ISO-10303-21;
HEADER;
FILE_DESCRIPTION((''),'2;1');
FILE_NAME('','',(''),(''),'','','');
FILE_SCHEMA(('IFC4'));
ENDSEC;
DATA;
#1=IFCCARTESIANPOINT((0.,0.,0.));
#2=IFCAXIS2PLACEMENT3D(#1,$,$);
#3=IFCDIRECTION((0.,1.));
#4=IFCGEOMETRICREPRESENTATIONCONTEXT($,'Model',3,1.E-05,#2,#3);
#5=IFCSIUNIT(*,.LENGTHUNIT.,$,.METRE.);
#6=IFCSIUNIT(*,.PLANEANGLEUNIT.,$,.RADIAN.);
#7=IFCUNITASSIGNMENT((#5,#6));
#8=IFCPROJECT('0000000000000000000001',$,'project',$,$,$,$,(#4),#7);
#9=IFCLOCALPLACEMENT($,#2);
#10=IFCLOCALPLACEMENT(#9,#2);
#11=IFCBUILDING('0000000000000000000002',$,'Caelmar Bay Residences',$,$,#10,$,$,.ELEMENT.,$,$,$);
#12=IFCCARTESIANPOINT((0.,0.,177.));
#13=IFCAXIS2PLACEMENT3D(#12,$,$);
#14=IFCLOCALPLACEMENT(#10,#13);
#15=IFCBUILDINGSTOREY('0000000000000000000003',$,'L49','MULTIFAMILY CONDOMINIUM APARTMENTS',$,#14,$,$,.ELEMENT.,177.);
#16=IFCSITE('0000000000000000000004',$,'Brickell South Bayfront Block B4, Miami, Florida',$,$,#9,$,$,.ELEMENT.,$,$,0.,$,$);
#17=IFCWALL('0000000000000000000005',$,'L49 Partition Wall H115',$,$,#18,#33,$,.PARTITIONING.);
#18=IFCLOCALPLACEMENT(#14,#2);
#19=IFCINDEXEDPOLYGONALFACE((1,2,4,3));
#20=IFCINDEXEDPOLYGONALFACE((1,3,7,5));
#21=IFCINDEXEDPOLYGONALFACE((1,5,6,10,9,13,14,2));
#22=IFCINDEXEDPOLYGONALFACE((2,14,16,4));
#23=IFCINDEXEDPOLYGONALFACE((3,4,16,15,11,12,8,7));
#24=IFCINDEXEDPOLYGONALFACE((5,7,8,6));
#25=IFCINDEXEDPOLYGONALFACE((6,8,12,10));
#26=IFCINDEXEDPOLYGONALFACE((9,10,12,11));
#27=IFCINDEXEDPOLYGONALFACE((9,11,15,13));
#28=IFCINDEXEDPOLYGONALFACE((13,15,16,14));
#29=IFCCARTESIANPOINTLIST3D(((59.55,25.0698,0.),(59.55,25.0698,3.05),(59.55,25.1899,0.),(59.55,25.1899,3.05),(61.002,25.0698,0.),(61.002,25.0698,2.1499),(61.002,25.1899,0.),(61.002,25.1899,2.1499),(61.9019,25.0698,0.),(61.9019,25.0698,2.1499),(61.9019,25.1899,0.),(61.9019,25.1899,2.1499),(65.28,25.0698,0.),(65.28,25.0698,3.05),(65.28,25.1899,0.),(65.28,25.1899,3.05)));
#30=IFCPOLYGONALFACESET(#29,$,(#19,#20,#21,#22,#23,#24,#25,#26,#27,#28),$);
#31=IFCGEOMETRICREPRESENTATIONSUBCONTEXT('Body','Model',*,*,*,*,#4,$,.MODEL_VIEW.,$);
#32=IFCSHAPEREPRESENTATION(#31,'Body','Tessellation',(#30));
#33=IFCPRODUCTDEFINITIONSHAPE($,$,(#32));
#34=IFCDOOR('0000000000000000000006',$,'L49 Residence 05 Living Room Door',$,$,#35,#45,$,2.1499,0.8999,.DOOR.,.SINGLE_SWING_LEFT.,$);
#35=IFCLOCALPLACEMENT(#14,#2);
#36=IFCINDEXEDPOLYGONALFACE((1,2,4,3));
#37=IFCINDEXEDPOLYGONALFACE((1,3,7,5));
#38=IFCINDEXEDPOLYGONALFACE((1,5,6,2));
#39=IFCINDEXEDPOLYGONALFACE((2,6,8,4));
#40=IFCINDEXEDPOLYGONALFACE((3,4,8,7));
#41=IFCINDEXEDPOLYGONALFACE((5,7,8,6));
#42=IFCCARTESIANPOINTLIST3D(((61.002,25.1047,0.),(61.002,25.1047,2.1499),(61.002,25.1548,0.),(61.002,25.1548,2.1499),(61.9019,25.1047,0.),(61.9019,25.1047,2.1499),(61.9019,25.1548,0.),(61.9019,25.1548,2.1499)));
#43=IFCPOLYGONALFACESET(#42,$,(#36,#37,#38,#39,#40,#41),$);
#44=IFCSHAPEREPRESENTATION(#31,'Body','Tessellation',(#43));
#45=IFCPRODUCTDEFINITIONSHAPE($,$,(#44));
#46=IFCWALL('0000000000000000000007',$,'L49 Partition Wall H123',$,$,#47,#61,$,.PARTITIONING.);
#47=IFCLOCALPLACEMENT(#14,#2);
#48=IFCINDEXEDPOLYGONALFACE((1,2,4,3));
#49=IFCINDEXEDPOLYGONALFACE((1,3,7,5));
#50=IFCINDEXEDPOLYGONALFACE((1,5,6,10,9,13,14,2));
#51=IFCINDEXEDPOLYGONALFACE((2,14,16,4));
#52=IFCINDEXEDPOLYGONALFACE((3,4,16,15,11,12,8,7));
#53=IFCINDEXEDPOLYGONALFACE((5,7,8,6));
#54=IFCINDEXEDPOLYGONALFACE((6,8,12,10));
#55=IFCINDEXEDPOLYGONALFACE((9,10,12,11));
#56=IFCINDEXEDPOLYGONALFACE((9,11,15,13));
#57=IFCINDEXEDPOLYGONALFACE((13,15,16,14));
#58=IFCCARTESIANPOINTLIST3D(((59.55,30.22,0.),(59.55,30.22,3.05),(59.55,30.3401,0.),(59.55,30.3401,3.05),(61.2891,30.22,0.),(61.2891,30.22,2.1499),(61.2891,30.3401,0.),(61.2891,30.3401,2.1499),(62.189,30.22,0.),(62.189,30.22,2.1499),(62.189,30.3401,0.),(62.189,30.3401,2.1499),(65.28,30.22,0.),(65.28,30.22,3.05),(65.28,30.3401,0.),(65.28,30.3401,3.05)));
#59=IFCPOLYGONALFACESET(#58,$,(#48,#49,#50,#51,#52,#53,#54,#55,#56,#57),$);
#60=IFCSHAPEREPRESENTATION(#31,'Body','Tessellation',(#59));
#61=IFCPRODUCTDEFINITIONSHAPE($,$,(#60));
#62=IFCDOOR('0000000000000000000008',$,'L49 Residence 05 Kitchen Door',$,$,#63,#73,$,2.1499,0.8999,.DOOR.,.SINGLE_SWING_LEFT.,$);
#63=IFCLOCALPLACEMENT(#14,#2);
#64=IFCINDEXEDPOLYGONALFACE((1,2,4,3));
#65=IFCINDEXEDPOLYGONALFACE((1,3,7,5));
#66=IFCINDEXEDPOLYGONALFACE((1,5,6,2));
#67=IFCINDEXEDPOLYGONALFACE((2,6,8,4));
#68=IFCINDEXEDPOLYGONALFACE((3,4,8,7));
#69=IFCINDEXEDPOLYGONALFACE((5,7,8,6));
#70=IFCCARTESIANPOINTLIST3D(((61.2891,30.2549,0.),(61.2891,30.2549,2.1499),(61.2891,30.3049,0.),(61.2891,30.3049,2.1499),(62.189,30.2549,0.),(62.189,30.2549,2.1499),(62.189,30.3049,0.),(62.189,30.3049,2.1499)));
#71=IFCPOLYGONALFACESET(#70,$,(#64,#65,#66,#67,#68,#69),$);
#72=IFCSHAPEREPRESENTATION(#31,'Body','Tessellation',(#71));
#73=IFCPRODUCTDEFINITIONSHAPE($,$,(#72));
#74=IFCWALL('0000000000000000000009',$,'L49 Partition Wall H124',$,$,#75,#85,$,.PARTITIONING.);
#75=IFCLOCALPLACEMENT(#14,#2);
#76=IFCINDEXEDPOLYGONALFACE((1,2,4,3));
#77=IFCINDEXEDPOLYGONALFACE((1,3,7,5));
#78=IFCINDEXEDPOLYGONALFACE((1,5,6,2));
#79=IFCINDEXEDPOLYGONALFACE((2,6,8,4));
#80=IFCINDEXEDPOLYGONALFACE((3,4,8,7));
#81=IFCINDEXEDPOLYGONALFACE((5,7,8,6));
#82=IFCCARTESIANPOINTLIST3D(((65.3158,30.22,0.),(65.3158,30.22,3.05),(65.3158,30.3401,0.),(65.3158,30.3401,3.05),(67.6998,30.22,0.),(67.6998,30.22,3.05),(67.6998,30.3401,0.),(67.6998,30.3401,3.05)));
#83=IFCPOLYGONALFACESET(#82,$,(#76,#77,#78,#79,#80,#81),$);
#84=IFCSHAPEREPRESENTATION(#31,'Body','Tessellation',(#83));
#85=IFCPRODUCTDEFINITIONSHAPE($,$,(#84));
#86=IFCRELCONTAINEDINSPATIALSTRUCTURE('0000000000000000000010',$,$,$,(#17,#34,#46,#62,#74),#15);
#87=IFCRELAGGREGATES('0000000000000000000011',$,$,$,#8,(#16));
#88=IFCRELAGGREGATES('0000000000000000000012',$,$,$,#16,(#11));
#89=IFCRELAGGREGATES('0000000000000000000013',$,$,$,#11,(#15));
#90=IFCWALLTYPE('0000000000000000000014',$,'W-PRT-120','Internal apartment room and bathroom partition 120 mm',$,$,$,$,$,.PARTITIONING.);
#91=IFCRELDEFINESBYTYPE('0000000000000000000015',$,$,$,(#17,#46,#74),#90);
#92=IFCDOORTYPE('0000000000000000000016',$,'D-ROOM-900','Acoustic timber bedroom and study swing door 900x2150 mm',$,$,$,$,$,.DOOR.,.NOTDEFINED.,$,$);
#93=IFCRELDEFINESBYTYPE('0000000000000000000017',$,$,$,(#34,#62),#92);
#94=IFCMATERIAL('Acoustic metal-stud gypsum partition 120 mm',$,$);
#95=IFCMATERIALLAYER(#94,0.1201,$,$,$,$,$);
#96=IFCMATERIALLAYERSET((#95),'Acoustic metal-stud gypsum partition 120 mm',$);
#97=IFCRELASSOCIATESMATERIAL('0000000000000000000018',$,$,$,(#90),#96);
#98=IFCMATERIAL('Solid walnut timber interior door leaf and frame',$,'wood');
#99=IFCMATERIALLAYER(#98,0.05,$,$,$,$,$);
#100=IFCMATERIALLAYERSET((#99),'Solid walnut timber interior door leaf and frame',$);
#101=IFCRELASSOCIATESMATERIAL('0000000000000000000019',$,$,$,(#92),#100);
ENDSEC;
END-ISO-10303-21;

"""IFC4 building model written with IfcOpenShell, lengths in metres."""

from ifc_helpers import new_model, si_unit, direction, frame, frame_2d, origin, place, context, subcontext, project, spatial, rectangle, extrude, material, layer, layer_set, type_object, element, fill, save


model = new_model("IFC4")

# Units and contexts
model_context = context("Model", 3, precision=1e-05, world=origin(), true_north=direction((0.0, 1.0)))
body_context = subcontext(model_context, "Body", "Model", "MODEL_VIEW")
ifc_project = project(units=[si_unit("LENGTHUNIT", "METRE"), si_unit("PLANEANGLEUNIT", "RADIAN")], contexts=[model_context])

# Site, building, storey
site_placement = place(None, origin())
site = spatial("IfcSite", under=ifc_project, at=site_placement, Name="Brickell South Bayfront Block B4, Miami, Florida", CompositionType="ELEMENT", RefElevation=0.0)
building_placement = place(site_placement, origin())
building = spatial("IfcBuilding", under=site, at=building_placement, Name="Caelmar Bay Residences", CompositionType="ELEMENT")
storey_placement = place(building_placement, frame((0.0, 0.0, 177.0)))
storey = spatial("IfcBuildingStorey", under=building, at=storey_placement, Name="L49", Description="MULTIFAMILY CONDOMINIUM APARTMENTS", CompositionType="ELEMENT", Elevation=177.0)

# Shared definitions
ifc_material_1 = material(Name="Acoustic metal-stud gypsum partition 120 mm")
ifc_layer_1 = layer(ifc_material_1, 0.1201)
ifc_layer_set_1 = layer_set([ifc_layer_1], Name="Acoustic metal-stud gypsum partition 120 mm")
wall_type = type_object("IfcWallType", Name="W-PRT-120", Description="Internal apartment room and bathroom partition 120 mm", PredefinedType="PARTITIONING", material=ifc_layer_set_1)

# Shared definitions
ifc_material_2 = material(Name="Solid walnut timber interior door leaf and frame", Category="wood")
ifc_layer_2 = layer(ifc_material_2, 0.05)
ifc_layer_set_2 = layer_set([ifc_layer_2], Name="Solid walnut timber interior door leaf and frame")
door_type_1 = type_object("IfcDoorType", Name="D-ROOM-900", Description="Acoustic timber bedroom and study swing door 900x2150 mm", OperationType="NOTDEFINED", PredefinedType="DOOR", material=ifc_layer_set_2)

# Walls, openings, doors
wall_1_placement = place(storey_placement, frame((59.55, 25.1299, 0.0), z_axis=(0.0, 0.0, 1.0), x_axis=(1.0, 0.0, 0.0)))
wall_1 = element("IfcWall", 1, at=wall_1_placement, inside=storey, type_object=wall_type, Name="L49 Partition Wall H115", PredefinedType="PARTITIONING", context=body_context, shape_type="SweptSolid", body=[
    extrude(rectangle(XDim=5.73, YDim=0.1201, at=frame_2d((2.865, 0.0))), origin(), (0.0, 0.0, 1.0), 3.05),
])
opening_1_placement = place(wall_1_placement, frame((1.4519, 0.0, 0.0)))
opening_1 = element("IfcOpeningElement", 2, at=opening_1_placement, cuts=wall_1, PredefinedType="OPENING", context=body_context, shape_type="SweptSolid", body=[
    extrude(rectangle(XDim=0.8999, YDim=2.1499, at=frame_2d((0.45, 1.075))), frame((0.0, 0.0701, 0.0), z_axis=(0.0, -1.0, 0.0), x_axis=(1.0, 0.0, 0.0)), (0.0, 0.0, 1.0), 0.1401),
])
door_1_placement = place(opening_1_placement, origin())
door_1 = element("IfcDoor", 3, at=door_1_placement, inside=storey, type_object=door_type_1, Name="L49 Residence 05 Living Room Door", OperationType="SINGLE_SWING_LEFT", OverallHeight=2.1499, OverallWidth=0.8999, PredefinedType="DOOR", context=body_context, shape_type="SweptSolid", body=[
    extrude(rectangle(XDim=0.8999, YDim=2.1499, at=frame_2d((0.45, 1.075))), frame((0.0, 0.0249, 0.0), z_axis=(0.0, -1.0, 0.0), x_axis=(1.0, 0.0, 0.0)), (0.0, 0.0, 1.0), 0.05),
])
fill(opening_1, door_1)
wall_2_placement = place(storey_placement, frame((59.55, 30.28, 0.0), z_axis=(0.0, 0.0, 1.0), x_axis=(1.0, 0.0, 0.0)))
wall_2 = element("IfcWall", 4, at=wall_2_placement, inside=storey, type_object=wall_type, Name="L49 Partition Wall H123", PredefinedType="PARTITIONING", context=body_context, shape_type="SweptSolid", body=[
    extrude(rectangle(XDim=5.73, YDim=0.1201, at=frame_2d((2.865, 0.0))), origin(), (0.0, 0.0, 1.0), 3.05),
])
opening_2_placement = place(wall_2_placement, frame((1.739, 0.0, 0.0)))
opening_2 = element("IfcOpeningElement", 5, at=opening_2_placement, cuts=wall_2, PredefinedType="OPENING", context=body_context, shape_type="SweptSolid", body=[
    extrude(rectangle(XDim=0.8999, YDim=2.1499, at=frame_2d((0.45, 1.075))), frame((0.0, 0.0701, 0.0), z_axis=(0.0, -1.0, 0.0), x_axis=(1.0, 0.0, 0.0)), (0.0, 0.0, 1.0), 0.1401),
])
door_2_placement = place(opening_2_placement, origin())
door_2 = element("IfcDoor", 6, at=door_2_placement, inside=storey, type_object=door_type_1, Name="L49 Residence 05 Kitchen Door", OperationType="SINGLE_SWING_LEFT", OverallHeight=2.1499, OverallWidth=0.8999, PredefinedType="DOOR", context=body_context, shape_type="SweptSolid", body=[
    extrude(rectangle(XDim=0.8999, YDim=2.1499, at=frame_2d((0.45, 1.075))), frame((0.0, 0.0249, 0.0), z_axis=(0.0, -1.0, 0.0), x_axis=(1.0, 0.0, 0.0)), (0.0, 0.0, 1.0), 0.05),
])
fill(opening_2, door_2)

# Wall
wall_3_placement = place(storey_placement, frame((65.3159, 30.28, 0.0), z_axis=(0.0, 0.0, 1.0), x_axis=(1.0, 0.0, 0.0)))
element("IfcWall", 7, at=wall_3_placement, inside=storey, type_object=wall_type, Name="L49 Partition Wall H124", PredefinedType="PARTITIONING", context=body_context, shape_type="SweptSolid", body=[
    extrude(rectangle(XDim=2.384, YDim=0.1201, at=frame_2d((1.1919, 0.0))), origin(), (0.0, 0.0, 1.0), 3.05),
])

save(model, "model.ifc")
